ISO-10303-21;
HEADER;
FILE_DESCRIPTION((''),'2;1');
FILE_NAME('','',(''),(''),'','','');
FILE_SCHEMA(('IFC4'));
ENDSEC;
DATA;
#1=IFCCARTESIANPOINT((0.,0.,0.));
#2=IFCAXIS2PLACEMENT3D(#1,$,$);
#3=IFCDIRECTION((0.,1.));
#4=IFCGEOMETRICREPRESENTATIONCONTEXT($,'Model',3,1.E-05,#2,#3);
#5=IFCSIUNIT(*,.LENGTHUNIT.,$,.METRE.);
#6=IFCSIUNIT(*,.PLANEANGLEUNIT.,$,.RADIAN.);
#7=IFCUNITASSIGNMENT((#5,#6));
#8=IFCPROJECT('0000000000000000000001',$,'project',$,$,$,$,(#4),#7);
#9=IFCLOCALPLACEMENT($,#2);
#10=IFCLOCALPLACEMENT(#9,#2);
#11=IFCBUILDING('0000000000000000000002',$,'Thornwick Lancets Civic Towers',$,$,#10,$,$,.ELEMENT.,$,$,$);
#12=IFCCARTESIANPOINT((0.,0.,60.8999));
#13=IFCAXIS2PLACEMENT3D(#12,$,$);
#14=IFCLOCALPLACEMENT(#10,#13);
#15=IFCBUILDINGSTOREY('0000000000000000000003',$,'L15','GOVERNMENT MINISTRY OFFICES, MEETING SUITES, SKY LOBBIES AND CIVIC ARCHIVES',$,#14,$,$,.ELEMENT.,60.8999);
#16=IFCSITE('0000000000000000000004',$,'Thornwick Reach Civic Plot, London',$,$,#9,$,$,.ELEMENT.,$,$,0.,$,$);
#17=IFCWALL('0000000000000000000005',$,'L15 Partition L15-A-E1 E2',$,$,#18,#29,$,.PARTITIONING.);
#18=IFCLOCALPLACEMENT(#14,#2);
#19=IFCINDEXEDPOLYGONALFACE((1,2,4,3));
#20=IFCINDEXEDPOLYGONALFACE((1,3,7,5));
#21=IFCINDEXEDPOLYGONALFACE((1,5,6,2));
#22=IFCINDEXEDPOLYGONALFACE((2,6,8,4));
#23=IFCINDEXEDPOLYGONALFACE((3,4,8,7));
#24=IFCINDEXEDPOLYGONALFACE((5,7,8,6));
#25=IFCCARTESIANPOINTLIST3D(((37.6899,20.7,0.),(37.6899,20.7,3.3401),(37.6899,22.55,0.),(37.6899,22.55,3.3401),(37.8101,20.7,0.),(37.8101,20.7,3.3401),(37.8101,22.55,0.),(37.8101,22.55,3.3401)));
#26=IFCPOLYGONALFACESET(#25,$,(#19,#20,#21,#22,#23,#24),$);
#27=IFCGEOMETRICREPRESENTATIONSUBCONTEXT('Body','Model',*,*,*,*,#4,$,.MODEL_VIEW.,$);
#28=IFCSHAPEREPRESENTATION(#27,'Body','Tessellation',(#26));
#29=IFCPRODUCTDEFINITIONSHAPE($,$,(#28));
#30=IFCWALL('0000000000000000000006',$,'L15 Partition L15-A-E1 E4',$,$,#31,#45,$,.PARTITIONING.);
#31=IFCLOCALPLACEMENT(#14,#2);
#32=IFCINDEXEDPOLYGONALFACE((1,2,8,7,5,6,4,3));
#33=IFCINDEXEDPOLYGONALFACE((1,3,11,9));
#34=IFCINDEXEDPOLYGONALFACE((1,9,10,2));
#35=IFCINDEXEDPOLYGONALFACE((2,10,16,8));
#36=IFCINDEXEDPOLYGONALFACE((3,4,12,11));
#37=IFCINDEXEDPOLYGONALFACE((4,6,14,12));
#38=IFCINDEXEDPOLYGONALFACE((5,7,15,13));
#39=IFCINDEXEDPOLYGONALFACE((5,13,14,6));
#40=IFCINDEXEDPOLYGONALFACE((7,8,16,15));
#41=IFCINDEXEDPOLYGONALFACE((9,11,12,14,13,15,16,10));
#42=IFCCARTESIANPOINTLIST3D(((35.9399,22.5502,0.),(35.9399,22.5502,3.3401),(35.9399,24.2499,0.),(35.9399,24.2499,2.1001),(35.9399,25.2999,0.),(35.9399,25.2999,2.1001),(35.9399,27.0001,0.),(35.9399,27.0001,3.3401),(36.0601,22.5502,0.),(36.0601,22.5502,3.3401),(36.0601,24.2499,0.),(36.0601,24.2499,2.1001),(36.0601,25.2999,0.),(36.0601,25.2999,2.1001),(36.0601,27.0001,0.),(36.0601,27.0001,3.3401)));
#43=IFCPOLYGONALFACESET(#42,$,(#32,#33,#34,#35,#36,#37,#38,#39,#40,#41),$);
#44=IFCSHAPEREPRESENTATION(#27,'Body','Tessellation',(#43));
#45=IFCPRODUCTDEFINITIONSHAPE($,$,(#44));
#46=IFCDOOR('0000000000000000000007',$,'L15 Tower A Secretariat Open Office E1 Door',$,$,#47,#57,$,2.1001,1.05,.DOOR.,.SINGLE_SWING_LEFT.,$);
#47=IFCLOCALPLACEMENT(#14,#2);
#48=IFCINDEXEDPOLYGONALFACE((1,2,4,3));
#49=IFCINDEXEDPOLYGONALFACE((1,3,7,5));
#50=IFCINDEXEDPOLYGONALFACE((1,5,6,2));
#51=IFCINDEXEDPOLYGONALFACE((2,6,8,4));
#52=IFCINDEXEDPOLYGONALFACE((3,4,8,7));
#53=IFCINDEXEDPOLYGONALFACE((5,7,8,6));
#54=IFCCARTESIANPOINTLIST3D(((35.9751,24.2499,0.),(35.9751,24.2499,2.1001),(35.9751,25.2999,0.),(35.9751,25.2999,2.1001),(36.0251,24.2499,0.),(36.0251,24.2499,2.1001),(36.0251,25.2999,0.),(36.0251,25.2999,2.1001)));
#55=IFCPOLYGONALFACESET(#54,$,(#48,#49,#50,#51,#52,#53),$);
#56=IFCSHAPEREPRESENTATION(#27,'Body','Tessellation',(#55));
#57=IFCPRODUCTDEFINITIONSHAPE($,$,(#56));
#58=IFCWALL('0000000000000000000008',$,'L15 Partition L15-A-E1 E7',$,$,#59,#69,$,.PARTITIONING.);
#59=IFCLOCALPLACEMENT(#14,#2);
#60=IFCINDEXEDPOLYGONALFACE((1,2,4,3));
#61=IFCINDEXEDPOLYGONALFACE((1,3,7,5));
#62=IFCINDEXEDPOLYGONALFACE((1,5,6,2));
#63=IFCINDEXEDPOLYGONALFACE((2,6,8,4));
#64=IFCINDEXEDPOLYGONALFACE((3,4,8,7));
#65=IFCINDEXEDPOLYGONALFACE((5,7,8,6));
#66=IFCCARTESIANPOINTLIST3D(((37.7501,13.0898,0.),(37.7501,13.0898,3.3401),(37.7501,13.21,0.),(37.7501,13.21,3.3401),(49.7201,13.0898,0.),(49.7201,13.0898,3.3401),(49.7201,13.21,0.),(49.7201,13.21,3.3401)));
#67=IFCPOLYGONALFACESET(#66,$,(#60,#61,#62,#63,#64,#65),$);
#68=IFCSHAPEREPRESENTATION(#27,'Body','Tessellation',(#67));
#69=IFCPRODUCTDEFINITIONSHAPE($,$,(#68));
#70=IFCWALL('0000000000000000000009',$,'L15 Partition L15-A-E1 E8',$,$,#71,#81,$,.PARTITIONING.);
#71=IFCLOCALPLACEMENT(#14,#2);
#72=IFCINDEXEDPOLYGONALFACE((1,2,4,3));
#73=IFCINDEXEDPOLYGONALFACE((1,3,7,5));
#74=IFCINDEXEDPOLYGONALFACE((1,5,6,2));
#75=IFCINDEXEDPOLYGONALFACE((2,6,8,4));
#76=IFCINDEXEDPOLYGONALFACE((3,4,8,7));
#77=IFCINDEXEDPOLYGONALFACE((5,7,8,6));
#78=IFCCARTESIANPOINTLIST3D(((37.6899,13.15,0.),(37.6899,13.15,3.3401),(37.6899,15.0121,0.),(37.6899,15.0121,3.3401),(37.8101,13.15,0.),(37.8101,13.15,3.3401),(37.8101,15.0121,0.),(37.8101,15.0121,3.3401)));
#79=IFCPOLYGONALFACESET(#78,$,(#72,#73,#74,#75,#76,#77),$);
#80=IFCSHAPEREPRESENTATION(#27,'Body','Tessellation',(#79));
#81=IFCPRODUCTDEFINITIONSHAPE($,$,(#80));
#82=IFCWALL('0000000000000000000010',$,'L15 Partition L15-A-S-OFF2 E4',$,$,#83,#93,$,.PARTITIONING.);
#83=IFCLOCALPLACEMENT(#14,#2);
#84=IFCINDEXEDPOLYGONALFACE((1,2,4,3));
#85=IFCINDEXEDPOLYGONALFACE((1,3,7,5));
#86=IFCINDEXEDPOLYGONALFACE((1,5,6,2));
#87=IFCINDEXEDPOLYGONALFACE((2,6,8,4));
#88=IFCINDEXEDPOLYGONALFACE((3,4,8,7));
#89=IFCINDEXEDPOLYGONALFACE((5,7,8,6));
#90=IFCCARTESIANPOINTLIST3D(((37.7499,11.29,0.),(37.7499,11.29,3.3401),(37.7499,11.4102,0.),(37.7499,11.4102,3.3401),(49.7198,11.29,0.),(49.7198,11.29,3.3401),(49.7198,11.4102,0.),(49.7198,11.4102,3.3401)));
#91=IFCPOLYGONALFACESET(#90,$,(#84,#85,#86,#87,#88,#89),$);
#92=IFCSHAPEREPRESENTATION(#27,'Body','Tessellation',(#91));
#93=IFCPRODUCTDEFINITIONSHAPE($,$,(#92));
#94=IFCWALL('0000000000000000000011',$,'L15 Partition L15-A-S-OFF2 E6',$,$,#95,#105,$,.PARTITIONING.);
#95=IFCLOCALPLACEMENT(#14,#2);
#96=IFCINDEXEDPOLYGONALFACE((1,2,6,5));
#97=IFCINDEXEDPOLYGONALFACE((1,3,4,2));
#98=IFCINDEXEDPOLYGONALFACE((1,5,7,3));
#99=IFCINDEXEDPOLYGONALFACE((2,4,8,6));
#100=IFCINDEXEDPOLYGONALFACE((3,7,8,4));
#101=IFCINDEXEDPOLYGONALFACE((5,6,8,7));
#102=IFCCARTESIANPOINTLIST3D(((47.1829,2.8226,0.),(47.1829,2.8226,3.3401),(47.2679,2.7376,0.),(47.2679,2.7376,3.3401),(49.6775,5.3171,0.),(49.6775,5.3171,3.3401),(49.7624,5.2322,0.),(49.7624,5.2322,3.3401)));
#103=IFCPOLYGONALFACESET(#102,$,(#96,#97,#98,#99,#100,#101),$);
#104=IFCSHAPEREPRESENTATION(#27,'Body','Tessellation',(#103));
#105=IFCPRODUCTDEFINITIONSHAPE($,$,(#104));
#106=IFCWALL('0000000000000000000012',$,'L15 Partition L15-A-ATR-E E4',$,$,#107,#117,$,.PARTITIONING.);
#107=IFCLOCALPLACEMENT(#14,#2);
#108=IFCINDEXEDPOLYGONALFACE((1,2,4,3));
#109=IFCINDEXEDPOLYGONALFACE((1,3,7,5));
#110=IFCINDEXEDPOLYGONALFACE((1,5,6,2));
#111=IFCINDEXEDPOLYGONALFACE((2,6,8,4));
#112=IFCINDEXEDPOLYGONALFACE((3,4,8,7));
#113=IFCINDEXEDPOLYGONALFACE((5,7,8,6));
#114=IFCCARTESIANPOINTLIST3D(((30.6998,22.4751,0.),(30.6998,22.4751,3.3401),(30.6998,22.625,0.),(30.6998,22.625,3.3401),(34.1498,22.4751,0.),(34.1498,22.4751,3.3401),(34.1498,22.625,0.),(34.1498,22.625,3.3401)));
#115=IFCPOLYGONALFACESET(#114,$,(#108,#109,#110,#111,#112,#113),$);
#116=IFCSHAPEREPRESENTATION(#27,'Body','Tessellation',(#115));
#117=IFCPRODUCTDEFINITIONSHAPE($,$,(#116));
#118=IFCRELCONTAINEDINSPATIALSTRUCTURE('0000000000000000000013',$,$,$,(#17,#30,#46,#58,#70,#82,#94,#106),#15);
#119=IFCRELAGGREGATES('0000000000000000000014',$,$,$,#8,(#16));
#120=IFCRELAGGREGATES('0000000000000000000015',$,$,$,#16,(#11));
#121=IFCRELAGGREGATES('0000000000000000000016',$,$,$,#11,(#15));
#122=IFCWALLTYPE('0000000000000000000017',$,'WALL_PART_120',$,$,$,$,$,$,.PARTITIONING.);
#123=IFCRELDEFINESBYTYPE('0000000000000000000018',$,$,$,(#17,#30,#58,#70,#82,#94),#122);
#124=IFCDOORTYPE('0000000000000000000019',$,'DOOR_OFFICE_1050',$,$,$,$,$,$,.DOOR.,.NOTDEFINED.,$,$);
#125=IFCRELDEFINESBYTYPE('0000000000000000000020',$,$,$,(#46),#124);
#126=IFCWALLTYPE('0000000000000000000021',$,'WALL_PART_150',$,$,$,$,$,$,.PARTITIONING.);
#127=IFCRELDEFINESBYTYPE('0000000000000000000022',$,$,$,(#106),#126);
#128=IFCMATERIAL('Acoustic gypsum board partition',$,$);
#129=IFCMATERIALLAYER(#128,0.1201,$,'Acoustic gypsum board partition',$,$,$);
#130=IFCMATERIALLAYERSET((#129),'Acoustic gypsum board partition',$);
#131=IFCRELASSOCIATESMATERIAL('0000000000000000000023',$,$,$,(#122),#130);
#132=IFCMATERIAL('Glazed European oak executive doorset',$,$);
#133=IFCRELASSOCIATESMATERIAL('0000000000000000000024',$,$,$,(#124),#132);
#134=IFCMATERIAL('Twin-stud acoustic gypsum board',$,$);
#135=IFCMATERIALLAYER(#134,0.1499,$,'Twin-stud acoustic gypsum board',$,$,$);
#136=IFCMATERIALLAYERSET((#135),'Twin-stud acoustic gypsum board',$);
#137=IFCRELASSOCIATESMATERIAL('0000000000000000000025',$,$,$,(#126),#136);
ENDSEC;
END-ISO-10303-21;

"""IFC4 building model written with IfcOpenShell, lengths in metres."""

from ifc_helpers import new_model, si_unit, direction, frame, frame_2d, origin, place, context, subcontext, project, spatial, rectangle, extrude, material, layer, layer_set, type_object, element, fill, save


model = new_model("IFC4")

# Units and contexts
model_context = context("Model", 3, precision=1e-05, world=origin(), true_north=direction((0.0, 1.0)))
body_context = subcontext(model_context, "Body", "Model", "MODEL_VIEW")
ifc_project = project(units=[si_unit("LENGTHUNIT", "METRE"), si_unit("PLANEANGLEUNIT", "RADIAN")], contexts=[model_context])

# Site, building, storey
site_placement = place(None, origin())
site = spatial("IfcSite", under=ifc_project, at=site_placement, Name="Thornwick Reach Civic Plot, London", CompositionType="ELEMENT", RefElevation=0.0)
building_placement = place(site_placement, origin())
building = spatial("IfcBuilding", under=site, at=building_placement, Name="Thornwick Lancets Civic Towers", CompositionType="ELEMENT")
storey_placement = place(building_placement, frame((0.0, 0.0, 60.8999)))
storey = spatial("IfcBuildingStorey", under=building, at=storey_placement, Name="L15", Description="GOVERNMENT MINISTRY OFFICES, MEETING SUITES, SKY LOBBIES AND CIVIC ARCHIVES", CompositionType="ELEMENT", Elevation=60.8999)

# Wall
ifc_material_1 = material(Name="Acoustic gypsum board partition")
ifc_layer_1 = layer(ifc_material_1, 0.1201, Name="Acoustic gypsum board partition")
ifc_layer_set_1 = layer_set([ifc_layer_1], Name="Acoustic gypsum board partition")
wall_type_1 = type_object("IfcWallType", Name="WALL_PART_120", PredefinedType="PARTITIONING", material=ifc_layer_set_1)
wall_1_placement = place(storey_placement, frame((37.75, 20.7, 0.0), z_axis=(0.0, 0.0, 1.0), x_axis=(0.0, 1.0, 0.0)))
element("IfcWall", 1, at=wall_1_placement, inside=storey, type_object=wall_type_1, Name="L15 Partition L15-A-E1 E2", PredefinedType="PARTITIONING", context=body_context, shape_type="SweptSolid", body=[
    extrude(rectangle(XDim=1.8501, YDim=0.1201, at=frame_2d((0.925, 0.0))), origin(), (0.0, 0.0, 1.0), 3.3401),
])

# Wall, opening, door
wall_2_placement = place(storey_placement, frame((36.0, 22.55, 0.0), z_axis=(0.0, 0.0, 1.0), x_axis=(0.0, 1.0, 0.0)))
wall_2 = element("IfcWall", 2, at=wall_2_placement, inside=storey, type_object=wall_type_1, Name="L15 Partition L15-A-E1 E4", PredefinedType="PARTITIONING", context=body_context, shape_type="SweptSolid", body=[
    extrude(rectangle(XDim=4.45, YDim=0.1201, at=frame_2d((2.2251, 0.0))), origin(), (0.0, 0.0, 1.0), 3.3401),
])
opening_1_placement = place(wall_2_placement, frame((1.7, 0.0, 0.0)))
opening_1 = element("IfcOpeningElement", 3, at=opening_1_placement, cuts=wall_2, PredefinedType="OPENING", context=body_context, shape_type="SweptSolid", body=[
    extrude(rectangle(XDim=1.05, YDim=2.1001, at=frame_2d((0.5249, 1.05))), frame((0.0, 0.0701, 0.0), z_axis=(0.0, -1.0, 0.0), x_axis=(1.0, 0.0, 0.0)), (0.0, 0.0, 1.0), 0.1401),
])
ifc_material_2 = material(Name="Glazed European oak executive doorset")
door_type_1 = type_object("IfcDoorType", Name="DOOR_OFFICE_1050", OperationType="NOTDEFINED", PredefinedType="DOOR", material=ifc_material_2)
door_1_placement = place(opening_1_placement, origin())
door_1 = element("IfcDoor", 4, at=door_1_placement, inside=storey, type_object=door_type_1, Name="L15 Tower A Secretariat Open Office E1 Door", OperationType="SINGLE_SWING_LEFT", OverallHeight=2.1001, OverallWidth=1.05, PredefinedType="DOOR", context=body_context, shape_type="SweptSolid", body=[
    extrude(rectangle(XDim=1.05, YDim=2.1001, at=frame_2d((0.5249, 1.05))), frame((0.0, 0.0249, 0.0), z_axis=(0.0, -1.0, 0.0), x_axis=(1.0, 0.0, 0.0)), (0.0, 0.0, 1.0), 0.05),
])
fill(opening_1, door_1)

# Walls
wall_3_placement = place(storey_placement, frame((49.72, 13.1499, 0.0), z_axis=(0.0, 0.0, 1.0), x_axis=(-1.0, 0.0, 0.0)))
element("IfcWall", 5, at=wall_3_placement, inside=storey, type_object=wall_type_1, Name="L15 Partition L15-A-E1 E7", PredefinedType="PARTITIONING", context=body_context, shape_type="SweptSolid", body=[
    extrude(rectangle(XDim=11.97, YDim=0.1201, at=frame_2d((5.9849, 0.0))), origin(), (0.0, 0.0, 1.0), 3.3401),
])
wall_4_placement = place(storey_placement, frame((37.75, 13.1499, 0.0), z_axis=(0.0, 0.0, 1.0), x_axis=(0.0, 1.0, 0.0)))
element("IfcWall", 6, at=wall_4_placement, inside=storey, type_object=wall_type_1, Name="L15 Partition L15-A-E1 E8", PredefinedType="PARTITIONING", context=body_context, shape_type="SweptSolid", body=[
    extrude(rectangle(XDim=1.8621, YDim=0.1201, at=frame_2d((0.9312, 0.0))), origin(), (0.0, 0.0, 1.0), 3.3401),
])
wall_5_placement = place(storey_placement, frame((37.75, 11.3501, 0.0), z_axis=(0.0, 0.0, 1.0), x_axis=(1.0, 0.0, 0.0)))
element("IfcWall", 7, at=wall_5_placement, inside=storey, type_object=wall_type_1, Name="L15 Partition L15-A-S-OFF2 E4", PredefinedType="PARTITIONING", context=body_context, shape_type="SweptSolid", body=[
    extrude(rectangle(XDim=11.97, YDim=0.1201, at=frame_2d((5.9849, 0.0))), origin(), (0.0, 0.0, 1.0), 3.3401),
])
wall_6_placement = place(storey_placement, frame((49.72, 5.2747, 0.0), z_axis=(0.0, 0.0, 1.0), x_axis=(-0.707107, -0.707107, 0.0)))
element("IfcWall", 8, at=wall_6_placement, inside=storey, type_object=wall_type_1, Name="L15 Partition L15-A-S-OFF2 E6", PredefinedType="PARTITIONING", context=body_context, shape_type="SweptSolid", body=[
    extrude(rectangle(XDim=3.5278, YDim=0.1201, at=frame_2d((1.7639, 0.0))), origin(), (0.0, 0.0, 1.0), 3.3401),
])
ifc_material_3 = material(Name="Twin-stud acoustic gypsum board")
ifc_layer_2 = layer(ifc_material_3, 0.1499, Name="Twin-stud acoustic gypsum board")
ifc_layer_set_2 = layer_set([ifc_layer_2], Name="Twin-stud acoustic gypsum board")
wall_type_2 = type_object("IfcWallType", Name="WALL_PART_150", PredefinedType="PARTITIONING", material=ifc_layer_set_2)
wall_7_placement = place(storey_placement, frame((34.1499, 22.55, 0.0), z_axis=(0.0, 0.0, 1.0), x_axis=(-1.0, 0.0, 0.0)))
element("IfcWall", 9, at=wall_7_placement, inside=storey, type_object=wall_type_2, Name="L15 Partition L15-A-ATR-E E4", PredefinedType="PARTITIONING", context=body_context, shape_type="SweptSolid", body=[
    extrude(rectangle(XDim=3.45, YDim=0.1499, at=frame_2d((1.7251, 0.0))), origin(), (0.0, 0.0, 1.0), 3.3401),
])

save(model, "model.ifc")
